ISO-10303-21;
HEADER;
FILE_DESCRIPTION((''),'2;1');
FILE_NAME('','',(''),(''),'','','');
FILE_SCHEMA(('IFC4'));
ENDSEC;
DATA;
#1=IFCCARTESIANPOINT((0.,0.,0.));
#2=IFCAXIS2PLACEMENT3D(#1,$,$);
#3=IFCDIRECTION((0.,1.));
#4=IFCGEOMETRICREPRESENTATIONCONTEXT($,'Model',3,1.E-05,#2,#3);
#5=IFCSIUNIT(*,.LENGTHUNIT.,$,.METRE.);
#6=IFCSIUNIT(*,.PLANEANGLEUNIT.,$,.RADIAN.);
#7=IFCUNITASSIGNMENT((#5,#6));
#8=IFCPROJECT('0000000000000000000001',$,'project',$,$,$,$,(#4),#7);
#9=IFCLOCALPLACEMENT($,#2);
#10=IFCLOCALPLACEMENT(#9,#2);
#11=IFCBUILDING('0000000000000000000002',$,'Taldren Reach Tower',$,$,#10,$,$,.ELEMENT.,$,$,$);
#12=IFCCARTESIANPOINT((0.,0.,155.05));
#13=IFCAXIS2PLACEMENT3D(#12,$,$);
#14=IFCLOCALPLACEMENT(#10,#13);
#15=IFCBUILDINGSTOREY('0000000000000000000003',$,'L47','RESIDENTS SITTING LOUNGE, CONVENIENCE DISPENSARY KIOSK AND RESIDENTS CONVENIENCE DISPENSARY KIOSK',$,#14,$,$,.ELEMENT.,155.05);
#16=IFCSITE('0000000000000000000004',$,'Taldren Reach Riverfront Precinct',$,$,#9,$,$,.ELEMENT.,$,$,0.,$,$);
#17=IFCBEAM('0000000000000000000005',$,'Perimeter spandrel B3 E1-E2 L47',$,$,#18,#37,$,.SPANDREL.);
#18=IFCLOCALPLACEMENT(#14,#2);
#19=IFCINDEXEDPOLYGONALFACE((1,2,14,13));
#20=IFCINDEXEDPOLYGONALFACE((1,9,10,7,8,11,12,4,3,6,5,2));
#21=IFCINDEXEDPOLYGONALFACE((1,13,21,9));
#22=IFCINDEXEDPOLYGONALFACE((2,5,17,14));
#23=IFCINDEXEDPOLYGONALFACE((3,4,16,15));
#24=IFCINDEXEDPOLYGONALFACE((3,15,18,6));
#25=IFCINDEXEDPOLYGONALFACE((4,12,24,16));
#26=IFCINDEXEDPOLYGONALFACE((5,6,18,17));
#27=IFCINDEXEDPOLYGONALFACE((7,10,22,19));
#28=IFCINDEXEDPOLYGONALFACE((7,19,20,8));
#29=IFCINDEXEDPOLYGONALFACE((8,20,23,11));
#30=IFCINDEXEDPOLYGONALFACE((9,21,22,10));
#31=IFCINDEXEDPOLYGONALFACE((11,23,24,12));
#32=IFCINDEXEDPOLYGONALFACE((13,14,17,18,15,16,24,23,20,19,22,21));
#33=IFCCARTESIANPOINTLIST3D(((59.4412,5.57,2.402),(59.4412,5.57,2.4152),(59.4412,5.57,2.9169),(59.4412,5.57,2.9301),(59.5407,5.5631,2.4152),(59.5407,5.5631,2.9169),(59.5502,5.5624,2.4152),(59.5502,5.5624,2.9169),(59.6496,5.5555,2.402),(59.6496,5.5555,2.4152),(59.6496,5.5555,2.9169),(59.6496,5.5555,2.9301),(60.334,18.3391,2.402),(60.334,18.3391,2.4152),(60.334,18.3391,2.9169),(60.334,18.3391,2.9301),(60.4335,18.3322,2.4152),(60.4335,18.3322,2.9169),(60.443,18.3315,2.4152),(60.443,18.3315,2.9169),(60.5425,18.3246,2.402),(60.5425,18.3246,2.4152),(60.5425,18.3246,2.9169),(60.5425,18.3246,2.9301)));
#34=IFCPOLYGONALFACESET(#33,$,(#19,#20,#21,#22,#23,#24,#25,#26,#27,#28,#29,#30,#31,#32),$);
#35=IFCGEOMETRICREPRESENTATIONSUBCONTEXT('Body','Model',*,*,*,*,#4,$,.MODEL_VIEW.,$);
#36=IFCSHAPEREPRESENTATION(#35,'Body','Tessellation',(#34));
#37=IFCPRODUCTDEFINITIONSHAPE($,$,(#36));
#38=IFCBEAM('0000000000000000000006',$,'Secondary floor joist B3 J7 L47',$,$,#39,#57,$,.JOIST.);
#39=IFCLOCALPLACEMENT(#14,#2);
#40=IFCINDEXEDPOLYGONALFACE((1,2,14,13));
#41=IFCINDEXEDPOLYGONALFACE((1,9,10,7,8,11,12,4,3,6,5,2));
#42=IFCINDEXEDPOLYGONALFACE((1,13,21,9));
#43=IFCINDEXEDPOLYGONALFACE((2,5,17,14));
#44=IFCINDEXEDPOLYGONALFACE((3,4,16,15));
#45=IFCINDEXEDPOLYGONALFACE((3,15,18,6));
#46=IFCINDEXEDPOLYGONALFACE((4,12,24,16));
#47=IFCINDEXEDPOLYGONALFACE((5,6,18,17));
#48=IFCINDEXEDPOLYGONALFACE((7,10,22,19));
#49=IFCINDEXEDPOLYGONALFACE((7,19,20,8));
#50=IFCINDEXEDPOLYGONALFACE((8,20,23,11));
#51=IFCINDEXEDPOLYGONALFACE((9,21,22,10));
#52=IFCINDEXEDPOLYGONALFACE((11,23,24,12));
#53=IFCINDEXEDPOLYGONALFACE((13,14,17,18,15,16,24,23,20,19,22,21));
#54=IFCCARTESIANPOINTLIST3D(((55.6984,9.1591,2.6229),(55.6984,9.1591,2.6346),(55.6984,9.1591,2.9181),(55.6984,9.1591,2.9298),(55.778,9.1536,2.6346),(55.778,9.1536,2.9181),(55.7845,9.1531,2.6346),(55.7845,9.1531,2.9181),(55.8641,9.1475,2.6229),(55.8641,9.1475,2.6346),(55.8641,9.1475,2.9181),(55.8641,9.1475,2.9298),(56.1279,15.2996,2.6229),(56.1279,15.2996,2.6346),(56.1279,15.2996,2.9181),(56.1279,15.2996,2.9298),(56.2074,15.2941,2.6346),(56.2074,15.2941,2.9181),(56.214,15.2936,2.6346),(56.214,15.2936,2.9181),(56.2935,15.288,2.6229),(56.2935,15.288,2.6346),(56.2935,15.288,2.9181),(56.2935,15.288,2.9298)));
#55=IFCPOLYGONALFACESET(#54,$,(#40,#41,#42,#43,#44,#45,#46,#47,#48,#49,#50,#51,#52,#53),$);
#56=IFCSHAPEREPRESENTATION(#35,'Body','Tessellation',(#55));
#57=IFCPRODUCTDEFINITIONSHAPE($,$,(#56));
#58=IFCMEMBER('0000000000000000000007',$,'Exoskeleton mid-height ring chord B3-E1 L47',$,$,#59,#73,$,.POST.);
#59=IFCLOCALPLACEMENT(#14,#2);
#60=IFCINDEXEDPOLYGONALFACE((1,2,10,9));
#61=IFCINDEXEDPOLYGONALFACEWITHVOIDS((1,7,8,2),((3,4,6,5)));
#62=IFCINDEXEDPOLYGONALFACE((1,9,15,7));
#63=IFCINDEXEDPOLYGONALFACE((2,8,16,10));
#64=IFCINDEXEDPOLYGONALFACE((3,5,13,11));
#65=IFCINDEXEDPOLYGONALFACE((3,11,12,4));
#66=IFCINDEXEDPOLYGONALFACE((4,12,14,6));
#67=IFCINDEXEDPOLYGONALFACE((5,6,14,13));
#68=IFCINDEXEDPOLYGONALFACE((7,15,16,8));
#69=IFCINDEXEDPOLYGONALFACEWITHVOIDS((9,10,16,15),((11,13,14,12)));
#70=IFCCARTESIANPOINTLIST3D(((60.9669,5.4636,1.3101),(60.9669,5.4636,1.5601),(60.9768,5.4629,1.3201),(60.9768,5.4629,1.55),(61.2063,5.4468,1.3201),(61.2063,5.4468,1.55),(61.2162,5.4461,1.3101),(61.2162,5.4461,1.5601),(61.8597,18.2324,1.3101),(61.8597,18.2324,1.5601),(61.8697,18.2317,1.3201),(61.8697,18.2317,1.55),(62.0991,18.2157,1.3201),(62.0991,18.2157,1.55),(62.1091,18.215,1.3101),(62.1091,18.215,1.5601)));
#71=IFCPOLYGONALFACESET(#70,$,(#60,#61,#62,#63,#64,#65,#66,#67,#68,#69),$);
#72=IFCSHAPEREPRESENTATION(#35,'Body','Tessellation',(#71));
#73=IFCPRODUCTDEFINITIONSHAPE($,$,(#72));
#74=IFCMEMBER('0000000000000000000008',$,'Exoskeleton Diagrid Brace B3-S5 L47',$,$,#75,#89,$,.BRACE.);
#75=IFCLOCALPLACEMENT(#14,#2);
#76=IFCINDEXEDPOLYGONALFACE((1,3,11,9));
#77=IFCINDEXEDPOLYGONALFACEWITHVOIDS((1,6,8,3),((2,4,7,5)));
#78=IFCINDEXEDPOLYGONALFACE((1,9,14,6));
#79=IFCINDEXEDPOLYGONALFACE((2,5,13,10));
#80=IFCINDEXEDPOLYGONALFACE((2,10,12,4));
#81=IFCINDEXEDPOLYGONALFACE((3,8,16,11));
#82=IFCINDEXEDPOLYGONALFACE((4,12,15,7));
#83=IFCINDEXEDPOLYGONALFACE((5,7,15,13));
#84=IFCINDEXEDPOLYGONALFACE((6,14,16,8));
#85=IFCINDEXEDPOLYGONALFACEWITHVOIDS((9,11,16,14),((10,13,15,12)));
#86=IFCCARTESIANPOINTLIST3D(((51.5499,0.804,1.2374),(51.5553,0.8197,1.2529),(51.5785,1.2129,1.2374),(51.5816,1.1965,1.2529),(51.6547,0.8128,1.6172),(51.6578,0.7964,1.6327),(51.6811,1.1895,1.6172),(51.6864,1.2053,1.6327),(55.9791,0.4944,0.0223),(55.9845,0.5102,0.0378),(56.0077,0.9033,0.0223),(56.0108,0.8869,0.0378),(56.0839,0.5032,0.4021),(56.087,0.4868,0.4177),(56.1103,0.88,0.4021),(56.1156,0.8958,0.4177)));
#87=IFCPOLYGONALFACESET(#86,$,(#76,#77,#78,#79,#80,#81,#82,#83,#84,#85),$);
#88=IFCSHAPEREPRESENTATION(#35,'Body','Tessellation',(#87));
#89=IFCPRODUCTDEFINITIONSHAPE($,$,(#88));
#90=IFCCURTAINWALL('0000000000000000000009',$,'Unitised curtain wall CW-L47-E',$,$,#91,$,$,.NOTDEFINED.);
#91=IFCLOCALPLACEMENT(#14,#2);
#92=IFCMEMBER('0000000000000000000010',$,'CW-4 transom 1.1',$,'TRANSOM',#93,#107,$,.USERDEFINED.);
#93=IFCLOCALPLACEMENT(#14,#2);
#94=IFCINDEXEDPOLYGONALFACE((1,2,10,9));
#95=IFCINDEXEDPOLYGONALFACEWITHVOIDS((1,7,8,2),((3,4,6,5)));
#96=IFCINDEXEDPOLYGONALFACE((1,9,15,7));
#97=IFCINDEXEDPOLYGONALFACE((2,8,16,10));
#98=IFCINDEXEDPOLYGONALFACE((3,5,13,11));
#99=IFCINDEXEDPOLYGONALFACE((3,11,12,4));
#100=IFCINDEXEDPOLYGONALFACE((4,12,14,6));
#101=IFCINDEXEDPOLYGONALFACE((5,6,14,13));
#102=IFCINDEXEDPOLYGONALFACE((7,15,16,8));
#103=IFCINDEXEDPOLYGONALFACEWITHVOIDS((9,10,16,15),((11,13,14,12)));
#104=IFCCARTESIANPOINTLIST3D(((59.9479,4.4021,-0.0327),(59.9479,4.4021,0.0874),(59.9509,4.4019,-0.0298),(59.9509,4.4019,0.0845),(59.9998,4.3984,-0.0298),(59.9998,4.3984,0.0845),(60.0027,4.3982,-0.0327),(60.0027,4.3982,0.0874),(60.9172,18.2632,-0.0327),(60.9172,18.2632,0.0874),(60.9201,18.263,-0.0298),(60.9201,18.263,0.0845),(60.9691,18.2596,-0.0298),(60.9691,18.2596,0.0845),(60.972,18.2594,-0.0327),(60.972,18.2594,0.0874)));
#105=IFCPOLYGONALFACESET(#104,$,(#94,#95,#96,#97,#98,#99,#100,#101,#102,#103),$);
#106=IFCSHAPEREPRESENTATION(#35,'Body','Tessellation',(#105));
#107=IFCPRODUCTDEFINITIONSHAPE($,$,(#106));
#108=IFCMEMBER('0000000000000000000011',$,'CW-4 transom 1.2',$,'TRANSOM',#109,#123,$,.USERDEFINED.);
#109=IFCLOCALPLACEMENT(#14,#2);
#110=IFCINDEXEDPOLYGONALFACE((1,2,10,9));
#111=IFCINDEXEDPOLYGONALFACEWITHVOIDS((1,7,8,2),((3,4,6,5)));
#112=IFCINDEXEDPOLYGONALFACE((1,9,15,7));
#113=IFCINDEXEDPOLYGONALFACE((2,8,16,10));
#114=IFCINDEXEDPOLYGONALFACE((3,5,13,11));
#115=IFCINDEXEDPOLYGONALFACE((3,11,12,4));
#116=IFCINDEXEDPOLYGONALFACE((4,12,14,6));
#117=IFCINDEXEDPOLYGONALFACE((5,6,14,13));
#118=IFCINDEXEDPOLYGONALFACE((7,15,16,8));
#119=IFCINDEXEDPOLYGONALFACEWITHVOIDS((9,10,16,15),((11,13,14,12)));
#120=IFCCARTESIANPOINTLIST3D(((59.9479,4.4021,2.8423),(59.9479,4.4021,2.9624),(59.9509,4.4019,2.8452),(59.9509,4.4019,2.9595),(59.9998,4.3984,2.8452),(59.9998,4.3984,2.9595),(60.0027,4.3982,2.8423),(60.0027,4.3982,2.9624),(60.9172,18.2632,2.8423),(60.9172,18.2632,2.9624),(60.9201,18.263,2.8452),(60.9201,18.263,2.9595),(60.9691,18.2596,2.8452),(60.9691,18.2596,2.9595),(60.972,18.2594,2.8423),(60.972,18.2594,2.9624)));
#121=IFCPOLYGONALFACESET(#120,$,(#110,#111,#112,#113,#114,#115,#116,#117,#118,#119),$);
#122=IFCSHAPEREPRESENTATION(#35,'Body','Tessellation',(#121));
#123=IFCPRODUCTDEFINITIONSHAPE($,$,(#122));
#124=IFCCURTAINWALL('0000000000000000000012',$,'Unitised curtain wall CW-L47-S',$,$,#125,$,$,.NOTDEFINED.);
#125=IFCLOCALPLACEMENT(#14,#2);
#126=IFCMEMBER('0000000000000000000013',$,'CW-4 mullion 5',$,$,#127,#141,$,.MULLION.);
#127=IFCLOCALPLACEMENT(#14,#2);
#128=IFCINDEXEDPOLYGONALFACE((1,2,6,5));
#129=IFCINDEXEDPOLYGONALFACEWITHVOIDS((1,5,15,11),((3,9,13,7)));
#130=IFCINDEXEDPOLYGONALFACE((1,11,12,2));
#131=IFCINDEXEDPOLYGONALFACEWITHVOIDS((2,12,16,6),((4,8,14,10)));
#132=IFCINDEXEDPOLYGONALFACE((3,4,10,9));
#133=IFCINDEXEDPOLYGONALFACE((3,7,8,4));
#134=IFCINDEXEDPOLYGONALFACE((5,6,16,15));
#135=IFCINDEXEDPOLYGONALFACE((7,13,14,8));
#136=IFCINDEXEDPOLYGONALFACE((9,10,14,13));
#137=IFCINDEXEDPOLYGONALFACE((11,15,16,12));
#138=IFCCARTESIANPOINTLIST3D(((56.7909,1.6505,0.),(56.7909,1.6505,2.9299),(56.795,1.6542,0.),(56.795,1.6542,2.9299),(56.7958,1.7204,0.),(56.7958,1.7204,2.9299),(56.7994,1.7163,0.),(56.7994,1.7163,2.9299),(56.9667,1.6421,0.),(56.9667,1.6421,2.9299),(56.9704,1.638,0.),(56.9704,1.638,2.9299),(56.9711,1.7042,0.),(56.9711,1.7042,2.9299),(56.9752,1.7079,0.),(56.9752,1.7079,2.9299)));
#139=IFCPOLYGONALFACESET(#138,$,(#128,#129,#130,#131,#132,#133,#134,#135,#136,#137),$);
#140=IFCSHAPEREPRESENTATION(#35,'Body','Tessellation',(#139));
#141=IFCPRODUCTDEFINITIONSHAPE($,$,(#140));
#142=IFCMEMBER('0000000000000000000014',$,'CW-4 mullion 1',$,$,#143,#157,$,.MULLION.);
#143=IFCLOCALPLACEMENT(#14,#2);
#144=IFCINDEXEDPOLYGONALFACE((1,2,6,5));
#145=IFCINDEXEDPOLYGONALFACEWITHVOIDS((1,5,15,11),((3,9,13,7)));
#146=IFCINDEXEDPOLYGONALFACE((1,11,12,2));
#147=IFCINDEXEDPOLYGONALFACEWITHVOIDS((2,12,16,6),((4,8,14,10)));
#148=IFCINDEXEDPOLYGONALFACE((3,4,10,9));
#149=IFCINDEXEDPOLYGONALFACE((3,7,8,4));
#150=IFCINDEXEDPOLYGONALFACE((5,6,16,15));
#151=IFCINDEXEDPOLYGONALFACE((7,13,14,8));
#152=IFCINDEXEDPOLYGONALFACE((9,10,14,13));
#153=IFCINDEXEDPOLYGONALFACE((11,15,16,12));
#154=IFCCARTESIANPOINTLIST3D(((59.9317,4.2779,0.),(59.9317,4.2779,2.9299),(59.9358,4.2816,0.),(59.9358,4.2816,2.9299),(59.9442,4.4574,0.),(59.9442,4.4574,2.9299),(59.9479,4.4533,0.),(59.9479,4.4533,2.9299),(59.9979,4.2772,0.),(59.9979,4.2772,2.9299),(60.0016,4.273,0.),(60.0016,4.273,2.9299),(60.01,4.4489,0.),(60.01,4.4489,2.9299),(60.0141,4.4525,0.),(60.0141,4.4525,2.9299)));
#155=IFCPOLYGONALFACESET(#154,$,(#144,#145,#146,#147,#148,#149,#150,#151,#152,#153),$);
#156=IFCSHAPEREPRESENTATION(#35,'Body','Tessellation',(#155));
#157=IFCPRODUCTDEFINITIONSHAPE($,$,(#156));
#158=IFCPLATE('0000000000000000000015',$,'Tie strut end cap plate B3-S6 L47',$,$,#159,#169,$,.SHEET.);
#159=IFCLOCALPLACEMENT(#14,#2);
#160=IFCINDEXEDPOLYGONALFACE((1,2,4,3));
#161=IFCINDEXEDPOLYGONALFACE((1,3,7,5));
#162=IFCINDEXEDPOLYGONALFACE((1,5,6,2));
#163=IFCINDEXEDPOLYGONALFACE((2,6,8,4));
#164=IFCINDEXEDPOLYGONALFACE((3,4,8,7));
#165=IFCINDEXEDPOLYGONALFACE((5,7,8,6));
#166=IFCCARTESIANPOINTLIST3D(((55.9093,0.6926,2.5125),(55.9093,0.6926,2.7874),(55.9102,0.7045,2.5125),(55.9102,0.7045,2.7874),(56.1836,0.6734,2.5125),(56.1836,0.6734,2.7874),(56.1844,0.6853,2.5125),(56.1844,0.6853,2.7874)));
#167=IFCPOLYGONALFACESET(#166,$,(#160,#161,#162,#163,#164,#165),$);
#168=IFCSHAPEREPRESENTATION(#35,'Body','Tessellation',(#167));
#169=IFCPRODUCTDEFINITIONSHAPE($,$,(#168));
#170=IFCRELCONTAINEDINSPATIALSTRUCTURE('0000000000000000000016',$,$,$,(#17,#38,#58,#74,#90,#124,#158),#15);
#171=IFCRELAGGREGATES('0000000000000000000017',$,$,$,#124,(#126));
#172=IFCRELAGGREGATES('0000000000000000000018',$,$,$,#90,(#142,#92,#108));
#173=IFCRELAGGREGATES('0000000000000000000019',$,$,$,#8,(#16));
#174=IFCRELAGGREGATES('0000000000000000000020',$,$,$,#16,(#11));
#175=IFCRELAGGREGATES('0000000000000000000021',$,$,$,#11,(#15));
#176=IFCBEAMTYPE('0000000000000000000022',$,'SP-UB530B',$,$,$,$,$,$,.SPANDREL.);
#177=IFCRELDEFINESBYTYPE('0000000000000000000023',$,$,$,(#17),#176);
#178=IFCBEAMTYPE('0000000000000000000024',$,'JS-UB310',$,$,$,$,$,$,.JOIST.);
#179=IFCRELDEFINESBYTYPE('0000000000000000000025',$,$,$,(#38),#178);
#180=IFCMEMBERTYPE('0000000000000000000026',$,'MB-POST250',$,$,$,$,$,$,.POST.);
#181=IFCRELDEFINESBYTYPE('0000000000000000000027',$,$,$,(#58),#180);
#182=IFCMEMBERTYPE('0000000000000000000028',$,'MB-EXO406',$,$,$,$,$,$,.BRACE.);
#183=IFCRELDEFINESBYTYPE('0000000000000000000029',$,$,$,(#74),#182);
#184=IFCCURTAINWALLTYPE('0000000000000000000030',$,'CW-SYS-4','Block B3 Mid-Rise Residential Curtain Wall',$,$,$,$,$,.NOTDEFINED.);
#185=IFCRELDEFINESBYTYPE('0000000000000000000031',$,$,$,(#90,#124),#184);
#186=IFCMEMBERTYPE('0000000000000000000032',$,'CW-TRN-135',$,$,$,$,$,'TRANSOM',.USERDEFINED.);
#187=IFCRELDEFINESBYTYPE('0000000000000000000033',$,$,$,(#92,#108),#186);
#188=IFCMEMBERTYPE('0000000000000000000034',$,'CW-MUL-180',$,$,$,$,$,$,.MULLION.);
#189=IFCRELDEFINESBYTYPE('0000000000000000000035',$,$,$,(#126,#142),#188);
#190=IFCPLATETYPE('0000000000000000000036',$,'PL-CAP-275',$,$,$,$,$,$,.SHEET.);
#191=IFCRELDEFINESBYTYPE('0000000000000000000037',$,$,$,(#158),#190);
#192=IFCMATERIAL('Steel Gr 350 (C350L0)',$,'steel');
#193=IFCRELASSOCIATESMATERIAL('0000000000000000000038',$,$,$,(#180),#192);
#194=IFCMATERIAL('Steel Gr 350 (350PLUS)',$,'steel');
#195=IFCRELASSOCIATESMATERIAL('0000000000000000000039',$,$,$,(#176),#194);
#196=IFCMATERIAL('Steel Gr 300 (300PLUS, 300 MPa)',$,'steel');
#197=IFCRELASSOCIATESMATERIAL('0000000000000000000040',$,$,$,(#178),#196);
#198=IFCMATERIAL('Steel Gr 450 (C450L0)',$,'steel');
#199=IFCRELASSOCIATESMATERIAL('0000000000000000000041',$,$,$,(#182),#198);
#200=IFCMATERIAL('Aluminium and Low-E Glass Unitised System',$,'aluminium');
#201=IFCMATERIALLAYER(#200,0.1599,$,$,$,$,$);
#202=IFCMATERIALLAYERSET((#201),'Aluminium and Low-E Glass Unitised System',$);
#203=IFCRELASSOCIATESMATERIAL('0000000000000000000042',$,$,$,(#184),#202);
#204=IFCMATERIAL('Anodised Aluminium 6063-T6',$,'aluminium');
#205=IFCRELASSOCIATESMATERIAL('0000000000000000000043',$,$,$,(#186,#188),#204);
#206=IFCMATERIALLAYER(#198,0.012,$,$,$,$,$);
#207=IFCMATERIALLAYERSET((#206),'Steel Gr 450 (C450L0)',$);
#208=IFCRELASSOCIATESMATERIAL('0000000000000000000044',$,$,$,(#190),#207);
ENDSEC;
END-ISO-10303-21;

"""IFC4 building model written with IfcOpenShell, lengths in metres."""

from ifc_helpers import new_model, si_unit, direction, frame, origin, origin_2d, place, context, subcontext, project, spatial, rectangle, hollow_rectangle, i_section, extrude, source, transform, mapped, material, layer, layer_set, material_profile, profile_set, type_object, element, aggregate, save


model = new_model("IFC4")

# Units and contexts
model_context = context("Model", 3, precision=1e-05, world=origin(), true_north=direction((0.0, 1.0)))
body_context = subcontext(model_context, "Body", "Model", "MODEL_VIEW")
ifc_project = project(units=[si_unit("LENGTHUNIT", "METRE"), si_unit("PLANEANGLEUNIT", "RADIAN")], contexts=[model_context])

# Site, building, storey
site_placement = place(None, origin())
site = spatial("IfcSite", under=ifc_project, at=site_placement, Name="Taldren Reach Riverfront Precinct", CompositionType="ELEMENT", RefElevation=0.0)
building_placement = place(site_placement, origin())
building = spatial("IfcBuilding", under=site, at=building_placement, Name="Taldren Reach Tower", CompositionType="ELEMENT")
storey_placement = place(building_placement, frame((0.0, 0.0, 155.05)))
storey = spatial("IfcBuildingStorey", under=building, at=storey_placement, Name="L47", Description="RESIDENTS SITTING LOUNGE, CONVENIENCE DISPENSARY KIOSK AND RESIDENTS CONVENIENCE DISPENSARY KIOSK", CompositionType="ELEMENT", Elevation=155.05)

# Shared definitions
ifc_material_1 = material(Name="Steel Gr 450 (C450L0)", Category="steel")
ifc_material_2 = material(Name="Steel Gr 350 (350PLUS)", Category="steel")

# Shared definitions
ifc_material_3 = material(Name="Steel Gr 350 (C350L0)", Category="steel")
ifc_material_profile_1 = material_profile(ifc_material_3, hollow_rectangle(XDim=0.25, YDim=0.25, WallThickness=0.01, at=origin_2d()), Name="250x250x10.0SHS")
ifc_profile_set_1 = profile_set([ifc_material_profile_1], Name="Steel Gr 350 (C350L0)")
member_type_1 = type_object("IfcMemberType", Name="MB-POST250", PredefinedType="POST", material=ifc_profile_set_1)

# Beams
ifc_material_profile_2 = material_profile(ifc_material_2, i_section(OverallWidth=0.209, OverallDepth=0.5281, WebThickness=0.0095, FlangeThickness=0.0132, at=origin_2d()), Name="530UB82.0")
ifc_profile_set_2 = profile_set([ifc_material_profile_2], Name="Steel Gr 350 (350PLUS)")
beam_type_1 = type_object("IfcBeamType", Name="SP-UB530B", PredefinedType="SPANDREL", material=ifc_profile_set_2)
shared_shape_1 = source(origin(), body_context, "Body", "SweptSolid", [
    extrude(i_section(OverallWidth=0.209, OverallDepth=0.5281, WebThickness=0.0095, FlangeThickness=0.0132, at=origin_2d()), origin(), (0.0, 0.0, 1.0), 12.8003),
])
beam_1_placement = place(storey_placement, frame((59.5454, 5.5627, 2.666), z_axis=(0.069751, 0.997564, 0.0), x_axis=(-0.997564, 0.069751, 0.0)))
element("IfcBeam", 1, at=beam_1_placement, inside=storey, type_object=beam_type_1, Name="Perimeter spandrel B3 E1-E2 L47", PredefinedType="SPANDREL", context=body_context, shape_type="MappedRepresentation", body=[
    mapped(shared_shape_1, transform((0.0, 0.0, 0.0), scale=1.0)),
])
ifc_material_4 = material(Name="Steel Gr 300 (300PLUS, 300 MPa)", Category="steel")
ifc_material_profile_3 = material_profile(ifc_material_4, i_section(OverallWidth=0.166, OverallDepth=0.3069, WebThickness=0.0066, FlangeThickness=0.0117, at=origin_2d()), Name="310UB46.2")
ifc_profile_set_3 = profile_set([ifc_material_profile_3], Name="Steel Gr 300 (300PLUS, 300 MPa)")
beam_type_2 = type_object("IfcBeamType", Name="JS-UB310", PredefinedType="JOIST", material=ifc_profile_set_3)
shared_shape_2 = source(origin(), body_context, "Body", "SweptSolid", [
    extrude(i_section(OverallWidth=0.166, OverallDepth=0.3069, WebThickness=0.0066, FlangeThickness=0.0117, at=origin_2d()), origin(), (0.0, 0.0, 1.0), 6.1555),
])
beam_2_placement = place(storey_placement, frame((55.7812, 9.1533, 2.7764), z_axis=(0.069764, 0.997563, 0.0), x_axis=(-0.997563, 0.069764, 0.0)))
element("IfcBeam", 2, at=beam_2_placement, inside=storey, type_object=beam_type_2, Name="Secondary floor joist B3 J7 L47", PredefinedType="JOIST", context=body_context, shape_type="MappedRepresentation", body=[
    mapped(shared_shape_2, transform((0.0, 0.0, 0.0), scale=1.0)),
])

# Members
shared_shape_3 = source(origin(), body_context, "Body", "SweptSolid", [
    extrude(hollow_rectangle(XDim=0.25, YDim=0.25, WallThickness=0.01, at=origin_2d()), origin(), (0.0, 0.0, 1.0), 12.8),
])
member_1_placement = place(storey_placement, frame((61.0916, 5.4548, 1.4351), z_axis=(0.069752, 0.997564, 0.0), x_axis=(-0.997564, 0.069752, 0.0)))
element("IfcMember", 3, at=member_1_placement, inside=storey, type_object=member_type_1, Name="Exoskeleton mid-height ring chord B3-E1 L47", PredefinedType="POST", context=body_context, shape_type="MappedRepresentation", body=[
    mapped(shared_shape_3, transform((0.0, 0.0, 0.0), scale=1.0)),
])
ifc_material_profile_4 = material_profile(ifc_material_1, hollow_rectangle(XDim=0.4099, YDim=0.4099, WallThickness=0.0161, at=origin_2d()), Name="410x410x16.0SHS")
ifc_profile_set_4 = profile_set([ifc_material_profile_4], Name="Steel Gr 450 (C450L0)")
member_type_2 = type_object("IfcMemberType", Name="MB-EXO406", PredefinedType="BRACE", material=ifc_profile_set_4)
shared_shape_4 = source(origin(), body_context, "Body", "SweptSolid", [
    extrude(hollow_rectangle(XDim=0.4099, YDim=0.4099, WallThickness=0.0161, at=origin_2d()), origin(), (0.0, 0.0, 1.0), 4.6033),
])
member_2_placement = place(storey_placement, frame((56.0474, 0.6951, 0.22), z_axis=(-0.962186, 0.06725, 0.263962), x_axis=(-0.069723, -0.997566, 0.0)))
element("IfcMember", 4, at=member_2_placement, inside=storey, type_object=member_type_2, Name="Exoskeleton Diagrid Brace B3-S5 L47", PredefinedType="BRACE", context=body_context, shape_type="MappedRepresentation", body=[
    mapped(shared_shape_4, transform((0.0, 0.0, 0.0), scale=1.0)),
])

# Curtain wall, members
ifc_material_5 = material(Name="Aluminium and Low-E Glass Unitised System", Category="aluminium")
ifc_layer_1 = layer(ifc_material_5, 0.1599)
ifc_layer_set_1 = layer_set([ifc_layer_1], Name="Aluminium and Low-E Glass Unitised System")
curtain_wall_type = type_object("IfcCurtainWallType", Name="CW-SYS-4", Description="Block B3 Mid-Rise Residential Curtain Wall", PredefinedType="NOTDEFINED", material=ifc_layer_set_1)
curtain_wall_1_placement = place(storey_placement, origin())
curtain_wall_1 = element("IfcCurtainWall", 5, at=curtain_wall_1_placement, inside=storey, type_object=curtain_wall_type, Name="Unitised curtain wall CW-L47-E", PredefinedType="NOTDEFINED")
ifc_material_6 = material(Name="Anodised Aluminium 6063-T6", Category="aluminium")
ifc_material_profile_5 = material_profile(ifc_material_6, hollow_rectangle(XDim=0.0549, YDim=0.1201, WallThickness=0.0029, at=origin_2d()), Name="ALU-120x55x3RHS")
ifc_profile_set_5 = profile_set([ifc_material_profile_5], Name="Anodised Aluminium 6063-T6")
member_type_3 = type_object("IfcMemberType", Name="CW-TRN-135", ElementType="TRANSOM", PredefinedType="USERDEFINED", material=ifc_profile_set_5)
shared_shape_5 = source(origin(), body_context, "Body", "SweptSolid", [
    extrude(hollow_rectangle(XDim=0.0549, YDim=0.1201, WallThickness=0.0029, at=origin_2d()), origin(), (0.0, 0.0, 1.0), 13.895),
])
member_3_placement = place(storey_placement, frame((59.9753, 4.4001, 0.0273), z_axis=(0.069755, 0.997564, 0.0), x_axis=(-0.997564, 0.069755, 0.0)))
member_3 = element("IfcMember", 6, at=member_3_placement, type_object=member_type_3, Name="CW-4 transom 1.1", ObjectType="TRANSOM", PredefinedType="USERDEFINED", context=body_context, shape_type="MappedRepresentation", body=[
    mapped(shared_shape_5, transform((0.0, 0.0, 0.0), scale=1.0)),
])
member_4_placement = place(storey_placement, frame((59.9753, 4.4001, 2.9023), z_axis=(0.069755, 0.997564, 0.0), x_axis=(-0.997564, 0.069755, 0.0)))
member_4 = element("IfcMember", 7, at=member_4_placement, type_object=member_type_3, Name="CW-4 transom 1.2", ObjectType="TRANSOM", PredefinedType="USERDEFINED", context=body_context, shape_type="MappedRepresentation", body=[
    mapped(shared_shape_5, transform((0.0, 0.0, 0.0), scale=1.0)),
])

# Curtain wall, member
curtain_wall_2_placement = place(storey_placement, origin())
curtain_wall_2 = element("IfcCurtainWall", 8, at=curtain_wall_2_placement, inside=storey, type_object=curtain_wall_type, Name="Unitised curtain wall CW-L47-S", PredefinedType="NOTDEFINED")
ifc_material_profile_6 = material_profile(ifc_material_6, hollow_rectangle(XDim=0.0701, YDim=0.1799, WallThickness=0.0039, at=origin_2d()), Name="ALU-180x70x4RHS")
ifc_profile_set_6 = profile_set([ifc_material_profile_6], Name="Anodised Aluminium 6063-T6")
member_type_4 = type_object("IfcMemberType", Name="CW-MUL-180", PredefinedType="MULLION", material=ifc_profile_set_6)
shared_shape_6 = source(origin(), body_context, "Body", "SweptSolid", [
    extrude(hollow_rectangle(XDim=0.0701, YDim=0.1799, WallThickness=0.0039, at=origin_2d()), origin(), (0.0, 0.0, 1.0), 2.9299),
])
member_5_placement = place(storey_placement, frame((56.8831, 1.6792, 0.0), z_axis=(0.0, 0.0, 1.0), x_axis=(0.069757, 0.997564, 0.0)))
member_5 = element("IfcMember", 9, at=member_5_placement, type_object=member_type_4, Name="CW-4 mullion 5", PredefinedType="MULLION", context=body_context, shape_type="MappedRepresentation", body=[
    mapped(shared_shape_6, transform((0.0, 0.0, 0.0), scale=1.0)),
])

# Member
member_6_placement = place(storey_placement, frame((59.9729, 4.3652, 0.0), z_axis=(0.0, 0.0, 1.0), x_axis=(-0.997564, 0.069756, 0.0)))
member_6 = element("IfcMember", 10, at=member_6_placement, type_object=member_type_4, Name="CW-4 mullion 1", PredefinedType="MULLION", context=body_context, shape_type="MappedRepresentation", body=[
    mapped(shared_shape_6, transform((0.0, 0.0, 0.0), scale=1.0)),
])

# Plate
ifc_layer_2 = layer(ifc_material_1, 0.012)
ifc_layer_set_2 = layer_set([ifc_layer_2], Name="Steel Gr 450 (C450L0)")
plate_type_1 = type_object("IfcPlateType", Name="PL-CAP-275", PredefinedType="SHEET", material=ifc_layer_set_2)
shared_shape_7 = source(origin(), body_context, "Body", "SweptSolid", [
    extrude(rectangle(XDim=0.2749, YDim=0.012, at=origin_2d()), origin(), (0.0, 0.0, 1.0), 0.2749),
])
plate_1_placement = place(storey_placement, frame((56.0469, 0.689, 2.5125), z_axis=(0.0, 0.0, 1.0), x_axis=(0.997564, -0.069756, 0.0)))
element("IfcPlate", 11, at=plate_1_placement, inside=storey, type_object=plate_type_1, Name="Tie strut end cap plate B3-S6 L47", PredefinedType="SHEET", context=body_context, shape_type="MappedRepresentation", body=[
    mapped(shared_shape_7, transform((0.0, 0.0, 0.0), scale=1.0)),
])

aggregate(curtain_wall_2, [member_5])
aggregate(curtain_wall_1, [member_6, member_3, member_4])

save(model, "model.ifc")
